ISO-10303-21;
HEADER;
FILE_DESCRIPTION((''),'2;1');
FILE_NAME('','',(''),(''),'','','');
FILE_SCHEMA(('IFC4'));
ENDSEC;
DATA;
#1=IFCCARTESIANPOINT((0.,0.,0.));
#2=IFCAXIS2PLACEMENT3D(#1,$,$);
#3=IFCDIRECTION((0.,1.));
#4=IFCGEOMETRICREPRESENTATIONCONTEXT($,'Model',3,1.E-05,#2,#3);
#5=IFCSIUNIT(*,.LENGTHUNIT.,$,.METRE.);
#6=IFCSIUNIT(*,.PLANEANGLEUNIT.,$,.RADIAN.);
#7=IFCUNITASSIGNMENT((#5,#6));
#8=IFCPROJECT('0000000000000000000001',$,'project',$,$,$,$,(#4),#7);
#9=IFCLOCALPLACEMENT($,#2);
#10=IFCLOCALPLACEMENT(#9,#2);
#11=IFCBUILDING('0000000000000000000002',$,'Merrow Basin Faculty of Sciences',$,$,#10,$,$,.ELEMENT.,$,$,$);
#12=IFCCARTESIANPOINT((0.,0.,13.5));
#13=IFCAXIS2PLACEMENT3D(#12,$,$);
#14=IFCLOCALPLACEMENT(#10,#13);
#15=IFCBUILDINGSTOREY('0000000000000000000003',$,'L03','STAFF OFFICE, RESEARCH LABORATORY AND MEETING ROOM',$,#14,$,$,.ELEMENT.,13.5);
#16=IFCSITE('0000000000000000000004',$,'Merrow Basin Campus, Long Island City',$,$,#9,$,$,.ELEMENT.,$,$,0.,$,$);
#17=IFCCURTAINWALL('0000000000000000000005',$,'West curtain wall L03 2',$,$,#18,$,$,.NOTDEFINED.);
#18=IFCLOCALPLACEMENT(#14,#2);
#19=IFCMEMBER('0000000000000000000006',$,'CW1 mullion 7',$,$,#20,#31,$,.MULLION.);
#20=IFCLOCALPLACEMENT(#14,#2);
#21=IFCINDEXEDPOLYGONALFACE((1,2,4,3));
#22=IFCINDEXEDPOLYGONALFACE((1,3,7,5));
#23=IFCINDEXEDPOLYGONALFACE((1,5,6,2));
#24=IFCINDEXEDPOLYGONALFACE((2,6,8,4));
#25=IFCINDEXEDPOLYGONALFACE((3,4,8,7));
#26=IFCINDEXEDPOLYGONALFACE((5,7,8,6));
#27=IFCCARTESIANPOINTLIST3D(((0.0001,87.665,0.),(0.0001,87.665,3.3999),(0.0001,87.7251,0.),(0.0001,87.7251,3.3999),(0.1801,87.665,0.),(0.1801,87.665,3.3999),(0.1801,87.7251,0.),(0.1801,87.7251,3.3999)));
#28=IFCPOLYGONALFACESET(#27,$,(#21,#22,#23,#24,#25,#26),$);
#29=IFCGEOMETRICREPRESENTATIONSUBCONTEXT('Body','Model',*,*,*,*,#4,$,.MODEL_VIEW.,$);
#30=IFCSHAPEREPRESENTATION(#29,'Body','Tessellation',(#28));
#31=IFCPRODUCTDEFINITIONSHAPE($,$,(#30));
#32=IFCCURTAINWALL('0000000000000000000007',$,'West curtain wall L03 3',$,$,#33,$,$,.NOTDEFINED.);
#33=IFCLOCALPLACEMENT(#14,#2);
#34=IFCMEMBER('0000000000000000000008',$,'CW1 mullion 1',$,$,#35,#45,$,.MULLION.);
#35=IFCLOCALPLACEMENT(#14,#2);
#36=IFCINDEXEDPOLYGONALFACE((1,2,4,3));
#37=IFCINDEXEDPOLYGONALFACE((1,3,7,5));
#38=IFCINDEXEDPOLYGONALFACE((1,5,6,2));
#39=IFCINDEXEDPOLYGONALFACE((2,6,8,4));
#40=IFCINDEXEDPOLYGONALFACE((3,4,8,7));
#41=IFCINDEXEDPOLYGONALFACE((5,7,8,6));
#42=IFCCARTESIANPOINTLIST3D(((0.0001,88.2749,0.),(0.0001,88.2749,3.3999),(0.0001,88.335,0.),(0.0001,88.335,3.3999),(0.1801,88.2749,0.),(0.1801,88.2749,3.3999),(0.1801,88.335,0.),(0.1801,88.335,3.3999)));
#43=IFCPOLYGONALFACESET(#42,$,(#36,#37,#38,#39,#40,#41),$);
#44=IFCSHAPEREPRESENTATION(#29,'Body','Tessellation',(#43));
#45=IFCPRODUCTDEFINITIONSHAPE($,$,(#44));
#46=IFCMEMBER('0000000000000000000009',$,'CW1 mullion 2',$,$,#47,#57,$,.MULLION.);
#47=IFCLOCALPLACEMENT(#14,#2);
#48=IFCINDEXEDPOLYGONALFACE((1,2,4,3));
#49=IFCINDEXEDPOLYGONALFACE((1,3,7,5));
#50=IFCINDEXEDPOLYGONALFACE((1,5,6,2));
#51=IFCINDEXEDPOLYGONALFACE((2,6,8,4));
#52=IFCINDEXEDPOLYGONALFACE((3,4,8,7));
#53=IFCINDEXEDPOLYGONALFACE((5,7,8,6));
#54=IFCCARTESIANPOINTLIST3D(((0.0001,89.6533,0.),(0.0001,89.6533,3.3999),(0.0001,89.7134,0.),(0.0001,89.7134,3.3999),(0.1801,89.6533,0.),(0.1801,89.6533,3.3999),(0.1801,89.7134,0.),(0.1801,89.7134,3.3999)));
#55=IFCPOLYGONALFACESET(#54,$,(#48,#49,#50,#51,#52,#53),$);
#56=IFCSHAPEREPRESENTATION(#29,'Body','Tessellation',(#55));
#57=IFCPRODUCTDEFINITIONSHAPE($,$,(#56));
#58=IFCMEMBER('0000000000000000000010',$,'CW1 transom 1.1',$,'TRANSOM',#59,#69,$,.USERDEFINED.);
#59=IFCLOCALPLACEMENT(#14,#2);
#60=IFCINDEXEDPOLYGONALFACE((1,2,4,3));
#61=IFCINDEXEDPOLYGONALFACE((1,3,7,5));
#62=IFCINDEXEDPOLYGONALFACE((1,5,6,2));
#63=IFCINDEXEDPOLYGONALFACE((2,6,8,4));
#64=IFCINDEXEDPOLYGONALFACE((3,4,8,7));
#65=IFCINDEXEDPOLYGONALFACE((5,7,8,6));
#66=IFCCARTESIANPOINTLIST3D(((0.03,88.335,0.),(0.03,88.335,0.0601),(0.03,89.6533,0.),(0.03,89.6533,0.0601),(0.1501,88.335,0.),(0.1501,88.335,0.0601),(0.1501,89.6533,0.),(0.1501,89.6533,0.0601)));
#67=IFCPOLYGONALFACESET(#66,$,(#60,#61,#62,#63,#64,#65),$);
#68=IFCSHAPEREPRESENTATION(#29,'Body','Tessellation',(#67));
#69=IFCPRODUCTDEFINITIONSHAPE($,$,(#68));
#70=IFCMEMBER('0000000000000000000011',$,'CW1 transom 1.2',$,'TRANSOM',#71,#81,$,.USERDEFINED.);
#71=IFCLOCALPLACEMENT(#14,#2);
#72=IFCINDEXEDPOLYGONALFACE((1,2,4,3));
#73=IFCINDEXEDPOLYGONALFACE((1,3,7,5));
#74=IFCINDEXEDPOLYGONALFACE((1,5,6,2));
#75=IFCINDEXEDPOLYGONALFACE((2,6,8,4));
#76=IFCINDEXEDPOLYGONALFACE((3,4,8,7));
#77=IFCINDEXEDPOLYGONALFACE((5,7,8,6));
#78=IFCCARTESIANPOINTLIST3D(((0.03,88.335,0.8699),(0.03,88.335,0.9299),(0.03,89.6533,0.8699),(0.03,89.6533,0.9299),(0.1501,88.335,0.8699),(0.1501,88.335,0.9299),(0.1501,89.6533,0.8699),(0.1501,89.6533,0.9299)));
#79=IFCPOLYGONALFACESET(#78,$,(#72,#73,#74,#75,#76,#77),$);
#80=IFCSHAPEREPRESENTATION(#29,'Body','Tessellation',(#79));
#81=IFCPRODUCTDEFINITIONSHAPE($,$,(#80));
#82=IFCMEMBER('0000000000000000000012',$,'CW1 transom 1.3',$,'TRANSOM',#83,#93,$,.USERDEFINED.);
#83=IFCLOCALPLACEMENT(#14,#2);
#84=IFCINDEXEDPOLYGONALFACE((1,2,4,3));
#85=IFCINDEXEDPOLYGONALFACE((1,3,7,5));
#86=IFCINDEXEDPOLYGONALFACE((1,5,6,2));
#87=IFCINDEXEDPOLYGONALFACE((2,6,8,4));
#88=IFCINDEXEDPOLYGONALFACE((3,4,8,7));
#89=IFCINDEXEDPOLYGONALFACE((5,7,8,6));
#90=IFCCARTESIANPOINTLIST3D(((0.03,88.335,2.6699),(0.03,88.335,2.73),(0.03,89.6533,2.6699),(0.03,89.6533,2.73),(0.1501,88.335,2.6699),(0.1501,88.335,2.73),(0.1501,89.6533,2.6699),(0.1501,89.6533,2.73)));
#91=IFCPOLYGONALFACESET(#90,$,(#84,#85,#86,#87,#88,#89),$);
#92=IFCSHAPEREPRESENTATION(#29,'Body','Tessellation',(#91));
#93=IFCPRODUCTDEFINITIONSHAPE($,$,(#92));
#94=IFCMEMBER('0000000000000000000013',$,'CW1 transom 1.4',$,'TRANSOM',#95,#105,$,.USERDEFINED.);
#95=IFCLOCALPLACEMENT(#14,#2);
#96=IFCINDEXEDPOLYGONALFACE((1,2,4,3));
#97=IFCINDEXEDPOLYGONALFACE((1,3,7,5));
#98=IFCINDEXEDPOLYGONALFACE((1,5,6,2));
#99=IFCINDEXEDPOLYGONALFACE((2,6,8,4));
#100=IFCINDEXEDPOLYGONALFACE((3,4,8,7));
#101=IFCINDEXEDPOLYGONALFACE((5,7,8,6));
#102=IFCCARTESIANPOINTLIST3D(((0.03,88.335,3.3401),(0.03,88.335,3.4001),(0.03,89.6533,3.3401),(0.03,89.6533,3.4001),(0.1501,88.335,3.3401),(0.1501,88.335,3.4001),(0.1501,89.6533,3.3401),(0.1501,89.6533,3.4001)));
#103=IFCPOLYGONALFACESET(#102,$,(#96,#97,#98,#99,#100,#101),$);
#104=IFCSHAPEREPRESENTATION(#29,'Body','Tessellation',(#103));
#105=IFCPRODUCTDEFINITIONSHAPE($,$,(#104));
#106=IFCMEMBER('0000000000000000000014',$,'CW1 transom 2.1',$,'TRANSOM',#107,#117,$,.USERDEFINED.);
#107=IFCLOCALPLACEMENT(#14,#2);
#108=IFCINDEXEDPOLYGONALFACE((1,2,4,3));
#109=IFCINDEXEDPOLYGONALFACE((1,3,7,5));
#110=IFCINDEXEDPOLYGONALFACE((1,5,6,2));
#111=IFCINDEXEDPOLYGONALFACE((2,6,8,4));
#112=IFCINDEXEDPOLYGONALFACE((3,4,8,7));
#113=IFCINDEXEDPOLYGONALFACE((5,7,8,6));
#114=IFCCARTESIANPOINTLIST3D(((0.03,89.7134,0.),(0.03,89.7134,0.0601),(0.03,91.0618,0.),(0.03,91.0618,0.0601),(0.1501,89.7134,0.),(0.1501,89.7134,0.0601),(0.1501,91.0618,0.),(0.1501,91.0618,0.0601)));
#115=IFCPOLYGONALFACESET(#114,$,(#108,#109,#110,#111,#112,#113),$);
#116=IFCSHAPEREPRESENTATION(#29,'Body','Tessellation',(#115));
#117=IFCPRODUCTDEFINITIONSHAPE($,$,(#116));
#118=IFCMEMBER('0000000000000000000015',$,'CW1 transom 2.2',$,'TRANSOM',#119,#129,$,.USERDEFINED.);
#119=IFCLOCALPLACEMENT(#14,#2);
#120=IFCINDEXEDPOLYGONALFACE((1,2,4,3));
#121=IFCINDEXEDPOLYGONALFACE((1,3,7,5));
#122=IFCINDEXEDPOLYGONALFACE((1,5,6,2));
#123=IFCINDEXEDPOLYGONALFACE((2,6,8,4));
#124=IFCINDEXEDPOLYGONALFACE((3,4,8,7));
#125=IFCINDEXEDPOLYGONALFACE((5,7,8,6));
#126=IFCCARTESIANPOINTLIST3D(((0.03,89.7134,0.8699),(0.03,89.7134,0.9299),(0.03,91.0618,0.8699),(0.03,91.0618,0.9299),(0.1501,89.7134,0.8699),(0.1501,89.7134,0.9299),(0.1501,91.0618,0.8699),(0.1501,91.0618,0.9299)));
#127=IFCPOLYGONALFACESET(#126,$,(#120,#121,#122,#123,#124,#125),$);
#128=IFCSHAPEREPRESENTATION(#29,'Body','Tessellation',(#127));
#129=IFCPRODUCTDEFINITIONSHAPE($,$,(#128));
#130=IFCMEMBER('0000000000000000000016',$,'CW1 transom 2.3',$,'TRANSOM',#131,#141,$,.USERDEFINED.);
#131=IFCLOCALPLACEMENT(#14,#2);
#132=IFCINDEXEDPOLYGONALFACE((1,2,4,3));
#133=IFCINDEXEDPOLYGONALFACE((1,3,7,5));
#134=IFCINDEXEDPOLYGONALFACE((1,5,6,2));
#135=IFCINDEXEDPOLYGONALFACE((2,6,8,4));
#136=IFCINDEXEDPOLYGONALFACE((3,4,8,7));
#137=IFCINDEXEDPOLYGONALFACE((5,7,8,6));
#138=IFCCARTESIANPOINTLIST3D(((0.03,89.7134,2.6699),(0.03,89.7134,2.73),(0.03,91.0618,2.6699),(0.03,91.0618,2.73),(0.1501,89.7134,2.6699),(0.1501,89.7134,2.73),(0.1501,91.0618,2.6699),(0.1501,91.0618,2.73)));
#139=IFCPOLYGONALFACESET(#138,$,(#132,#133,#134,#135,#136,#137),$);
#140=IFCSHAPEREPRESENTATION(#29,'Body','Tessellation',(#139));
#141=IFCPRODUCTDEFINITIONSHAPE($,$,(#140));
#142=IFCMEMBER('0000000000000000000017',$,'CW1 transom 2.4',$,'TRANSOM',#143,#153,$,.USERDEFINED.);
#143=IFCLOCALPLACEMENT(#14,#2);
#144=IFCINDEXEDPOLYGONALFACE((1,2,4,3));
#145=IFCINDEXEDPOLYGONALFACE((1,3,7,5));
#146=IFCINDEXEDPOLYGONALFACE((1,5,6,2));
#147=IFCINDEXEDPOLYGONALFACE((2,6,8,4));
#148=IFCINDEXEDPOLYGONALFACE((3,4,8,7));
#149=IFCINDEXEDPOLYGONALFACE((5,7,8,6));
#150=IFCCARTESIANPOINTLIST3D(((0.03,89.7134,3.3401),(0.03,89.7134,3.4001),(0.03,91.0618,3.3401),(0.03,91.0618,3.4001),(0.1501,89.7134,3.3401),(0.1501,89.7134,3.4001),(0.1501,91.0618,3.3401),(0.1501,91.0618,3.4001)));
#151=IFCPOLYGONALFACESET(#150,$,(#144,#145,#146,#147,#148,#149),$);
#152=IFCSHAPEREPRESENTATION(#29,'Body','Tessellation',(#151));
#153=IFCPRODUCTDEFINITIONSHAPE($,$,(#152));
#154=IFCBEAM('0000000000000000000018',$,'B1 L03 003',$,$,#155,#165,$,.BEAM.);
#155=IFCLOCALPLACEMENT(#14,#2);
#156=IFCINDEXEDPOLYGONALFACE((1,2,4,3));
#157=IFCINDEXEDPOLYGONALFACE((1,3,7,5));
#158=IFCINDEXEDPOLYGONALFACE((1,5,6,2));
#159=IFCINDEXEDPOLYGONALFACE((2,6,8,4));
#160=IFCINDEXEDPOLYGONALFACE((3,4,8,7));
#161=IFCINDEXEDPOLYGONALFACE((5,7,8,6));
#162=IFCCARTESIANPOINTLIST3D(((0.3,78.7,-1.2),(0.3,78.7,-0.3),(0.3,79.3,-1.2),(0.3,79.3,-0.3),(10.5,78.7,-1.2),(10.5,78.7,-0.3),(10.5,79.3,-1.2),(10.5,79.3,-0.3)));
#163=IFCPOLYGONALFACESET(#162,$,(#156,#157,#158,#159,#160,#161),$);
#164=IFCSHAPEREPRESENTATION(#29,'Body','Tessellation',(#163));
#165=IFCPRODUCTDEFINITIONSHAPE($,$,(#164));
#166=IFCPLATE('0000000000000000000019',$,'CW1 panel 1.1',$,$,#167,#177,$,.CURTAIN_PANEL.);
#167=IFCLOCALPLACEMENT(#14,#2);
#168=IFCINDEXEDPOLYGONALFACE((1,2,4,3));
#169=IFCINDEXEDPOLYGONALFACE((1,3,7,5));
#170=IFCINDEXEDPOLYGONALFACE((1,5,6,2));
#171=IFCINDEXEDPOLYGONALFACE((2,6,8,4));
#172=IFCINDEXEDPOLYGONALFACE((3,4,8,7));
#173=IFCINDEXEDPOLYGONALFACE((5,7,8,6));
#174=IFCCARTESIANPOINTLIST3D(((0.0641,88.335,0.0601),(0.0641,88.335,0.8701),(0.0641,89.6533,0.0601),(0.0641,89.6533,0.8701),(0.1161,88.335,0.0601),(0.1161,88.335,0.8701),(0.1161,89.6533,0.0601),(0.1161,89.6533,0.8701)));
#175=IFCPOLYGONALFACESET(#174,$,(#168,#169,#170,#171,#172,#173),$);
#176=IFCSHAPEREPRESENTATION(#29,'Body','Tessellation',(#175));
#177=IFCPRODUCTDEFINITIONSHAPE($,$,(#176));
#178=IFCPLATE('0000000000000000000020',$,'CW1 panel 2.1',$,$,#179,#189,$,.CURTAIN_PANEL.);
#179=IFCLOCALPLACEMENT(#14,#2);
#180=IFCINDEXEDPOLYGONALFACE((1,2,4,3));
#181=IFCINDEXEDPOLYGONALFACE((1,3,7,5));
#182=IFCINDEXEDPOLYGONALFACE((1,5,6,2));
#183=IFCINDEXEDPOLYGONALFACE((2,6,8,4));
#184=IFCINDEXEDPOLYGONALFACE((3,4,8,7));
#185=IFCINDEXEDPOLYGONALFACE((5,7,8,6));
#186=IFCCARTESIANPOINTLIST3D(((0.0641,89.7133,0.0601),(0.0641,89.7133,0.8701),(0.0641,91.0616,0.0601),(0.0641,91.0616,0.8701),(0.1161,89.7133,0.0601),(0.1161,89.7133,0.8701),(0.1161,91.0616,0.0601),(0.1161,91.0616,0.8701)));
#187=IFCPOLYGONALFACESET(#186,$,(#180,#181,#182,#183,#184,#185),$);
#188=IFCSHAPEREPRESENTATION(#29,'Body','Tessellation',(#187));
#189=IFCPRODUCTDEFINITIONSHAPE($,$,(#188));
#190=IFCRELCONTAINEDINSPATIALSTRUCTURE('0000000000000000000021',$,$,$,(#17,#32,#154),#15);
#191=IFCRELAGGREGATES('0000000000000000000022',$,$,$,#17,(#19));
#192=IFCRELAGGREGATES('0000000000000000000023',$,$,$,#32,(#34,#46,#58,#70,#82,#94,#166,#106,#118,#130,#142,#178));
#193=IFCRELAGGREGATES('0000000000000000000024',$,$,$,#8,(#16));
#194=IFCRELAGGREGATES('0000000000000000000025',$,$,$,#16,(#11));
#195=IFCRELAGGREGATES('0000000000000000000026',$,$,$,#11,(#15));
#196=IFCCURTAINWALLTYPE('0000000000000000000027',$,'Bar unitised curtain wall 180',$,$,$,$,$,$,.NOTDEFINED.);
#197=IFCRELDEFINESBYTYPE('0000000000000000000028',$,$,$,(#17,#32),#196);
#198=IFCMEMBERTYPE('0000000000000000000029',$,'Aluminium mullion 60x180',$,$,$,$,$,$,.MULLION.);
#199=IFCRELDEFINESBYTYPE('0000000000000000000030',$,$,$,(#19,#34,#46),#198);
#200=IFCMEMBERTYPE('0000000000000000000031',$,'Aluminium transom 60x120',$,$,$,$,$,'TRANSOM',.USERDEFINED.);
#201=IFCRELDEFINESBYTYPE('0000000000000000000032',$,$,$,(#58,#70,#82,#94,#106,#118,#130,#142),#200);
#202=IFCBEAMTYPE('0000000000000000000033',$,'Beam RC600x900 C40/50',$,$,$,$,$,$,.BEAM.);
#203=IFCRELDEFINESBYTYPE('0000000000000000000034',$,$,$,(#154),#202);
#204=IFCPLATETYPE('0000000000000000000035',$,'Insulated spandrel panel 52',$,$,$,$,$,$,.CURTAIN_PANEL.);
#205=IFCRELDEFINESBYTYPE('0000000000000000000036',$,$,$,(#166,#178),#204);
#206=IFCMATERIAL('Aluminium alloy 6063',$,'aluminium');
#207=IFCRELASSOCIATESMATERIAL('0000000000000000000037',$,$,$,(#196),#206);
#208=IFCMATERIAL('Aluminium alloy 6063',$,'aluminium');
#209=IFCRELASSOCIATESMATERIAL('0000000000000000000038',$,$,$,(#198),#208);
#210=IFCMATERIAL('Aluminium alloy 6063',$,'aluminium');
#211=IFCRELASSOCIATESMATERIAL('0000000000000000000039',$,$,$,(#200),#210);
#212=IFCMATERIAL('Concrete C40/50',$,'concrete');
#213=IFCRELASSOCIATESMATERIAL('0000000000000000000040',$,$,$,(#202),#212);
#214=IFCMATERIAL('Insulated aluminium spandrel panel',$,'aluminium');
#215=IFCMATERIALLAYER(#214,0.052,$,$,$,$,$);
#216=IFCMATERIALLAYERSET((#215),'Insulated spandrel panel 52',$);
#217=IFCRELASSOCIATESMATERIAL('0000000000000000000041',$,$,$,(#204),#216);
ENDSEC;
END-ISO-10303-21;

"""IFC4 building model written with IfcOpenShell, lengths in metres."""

from ifc_helpers import new_model, si_unit, direction, frame, origin, origin_2d, place, context, subcontext, project, spatial, rectangle, extrude, material, layer, layer_set, material_profile, profile_set, type_object, element, aggregate, save


model = new_model("IFC4")

# Units and contexts
model_context = context("Model", 3, precision=1e-05, world=origin(), true_north=direction((0.0, 1.0)))
body_context = subcontext(model_context, "Body", "Model", "MODEL_VIEW")
ifc_project = project(units=[si_unit("LENGTHUNIT", "METRE"), si_unit("PLANEANGLEUNIT", "RADIAN")], contexts=[model_context])

# Site, building, storey
site_placement = place(None, origin())
site = spatial("IfcSite", under=ifc_project, at=site_placement, Name="Merrow Basin Campus, Long Island City", CompositionType="ELEMENT", RefElevation=0.0)
building_placement = place(site_placement, origin())
building = spatial("IfcBuilding", under=site, at=building_placement, Name="Merrow Basin Faculty of Sciences", CompositionType="ELEMENT")
storey_placement = place(building_placement, frame((0.0, 0.0, 13.5)))
storey = spatial("IfcBuildingStorey", under=building, at=storey_placement, Name="L03", Description="STAFF OFFICE, RESEARCH LABORATORY AND MEETING ROOM", CompositionType="ELEMENT", Elevation=13.5)

# Curtain wall, member
ifc_material_1 = material(Name="Aluminium alloy 6063", Category="aluminium")
curtain_wall_type = type_object("IfcCurtainWallType", Name="Bar unitised curtain wall 180", PredefinedType="NOTDEFINED", material=ifc_material_1)
curtain_wall_1_placement = place(storey_placement, origin())
curtain_wall_1 = element("IfcCurtainWall", 1, at=curtain_wall_1_placement, inside=storey, type_object=curtain_wall_type, Name="West curtain wall L03 2", PredefinedType="NOTDEFINED")
ifc_material_2 = material(Name="Aluminium alloy 6063", Category="aluminium")
ifc_material_profile_1 = material_profile(ifc_material_2, rectangle(XDim=0.1799, YDim=0.0601, at=origin_2d()))
ifc_profile_set_1 = profile_set([ifc_material_profile_1], Name="Aluminium alloy 6063")
member_type_1 = type_object("IfcMemberType", Name="Aluminium mullion 60x180", PredefinedType="MULLION", material=ifc_profile_set_1)
member_1_placement = place(storey_placement, frame((0.0901, 87.6951, 0.0), z_axis=(0.0, 0.0, 1.0), x_axis=(-1.0, 0.0, 0.0)))
member_1 = element("IfcMember", 2, at=member_1_placement, type_object=member_type_1, Name="CW1 mullion 7", PredefinedType="MULLION", context=body_context, shape_type="SweptSolid", body=[
    extrude(rectangle(XDim=0.1799, YDim=0.0601, at=origin_2d()), origin(), (0.0, 0.0, 1.0), 3.3999),
])

# Curtain wall, members
curtain_wall_2_placement = place(storey_placement, origin())
curtain_wall_2 = element("IfcCurtainWall", 3, at=curtain_wall_2_placement, inside=storey, type_object=curtain_wall_type, Name="West curtain wall L03 3", PredefinedType="NOTDEFINED")
member_2_placement = place(storey_placement, frame((0.0901, 88.3049, 0.0), z_axis=(0.0, 0.0, 1.0), x_axis=(-1.0, 0.0, 0.0)))
member_2 = element("IfcMember", 4, at=member_2_placement, type_object=member_type_1, Name="CW1 mullion 1", PredefinedType="MULLION", context=body_context, shape_type="SweptSolid", body=[
    extrude(rectangle(XDim=0.1799, YDim=0.0601, at=origin_2d()), origin(), (0.0, 0.0, 1.0), 3.3999),
])
member_3_placement = place(storey_placement, frame((0.0901, 89.6833, 0.0), z_axis=(0.0, 0.0, 1.0), x_axis=(-1.0, 0.0, 0.0)))
member_3 = element("IfcMember", 5, at=member_3_placement, type_object=member_type_1, Name="CW1 mullion 2", PredefinedType="MULLION", context=body_context, shape_type="SweptSolid", body=[
    extrude(rectangle(XDim=0.1799, YDim=0.0601, at=origin_2d()), origin(), (0.0, 0.0, 1.0), 3.3999),
])
ifc_material_3 = material(Name="Aluminium alloy 6063", Category="aluminium")
ifc_material_profile_2 = material_profile(ifc_material_3, rectangle(XDim=0.1201, YDim=0.0601, at=origin_2d()))
ifc_profile_set_2 = profile_set([ifc_material_profile_2], Name="Aluminium alloy 6063")
member_type_2 = type_object("IfcMemberType", Name="Aluminium transom 60x120", ElementType="TRANSOM", PredefinedType="USERDEFINED", material=ifc_profile_set_2)
member_4_placement = place(storey_placement, frame((0.0901, 88.335, 0.03), z_axis=(0.0, 1.0, 0.0), x_axis=(-1.0, 0.0, 0.0)))
member_4 = element("IfcMember", 6, at=member_4_placement, type_object=member_type_2, Name="CW1 transom 1.1", ObjectType="TRANSOM", PredefinedType="USERDEFINED", context=body_context, shape_type="SweptSolid", body=[
    extrude(rectangle(XDim=0.1201, YDim=0.0601, at=origin_2d()), origin(), (0.0, 0.0, 1.0), 1.3184),
])
member_5_placement = place(storey_placement, frame((0.0901, 88.335, 0.8999), z_axis=(0.0, 1.0, 0.0), x_axis=(-1.0, 0.0, 0.0)))
member_5 = element("IfcMember", 7, at=member_5_placement, type_object=member_type_2, Name="CW1 transom 1.2", ObjectType="TRANSOM", PredefinedType="USERDEFINED", context=body_context, shape_type="SweptSolid", body=[
    extrude(rectangle(XDim=0.1201, YDim=0.0601, at=origin_2d()), origin(), (0.0, 0.0, 1.0), 1.3184),
])
member_6_placement = place(storey_placement, frame((0.0901, 88.335, 2.7), z_axis=(0.0, 1.0, 0.0), x_axis=(-1.0, 0.0, 0.0)))
member_6 = element("IfcMember", 8, at=member_6_placement, type_object=member_type_2, Name="CW1 transom 1.3", ObjectType="TRANSOM", PredefinedType="USERDEFINED", context=body_context, shape_type="SweptSolid", body=[
    extrude(rectangle(XDim=0.1201, YDim=0.0601, at=origin_2d()), origin(), (0.0, 0.0, 1.0), 1.3184),
])
member_7_placement = place(storey_placement, frame((0.0901, 88.335, 3.3701), z_axis=(0.0, 1.0, 0.0), x_axis=(-1.0, 0.0, 0.0)))
member_7 = element("IfcMember", 9, at=member_7_placement, type_object=member_type_2, Name="CW1 transom 1.4", ObjectType="TRANSOM", PredefinedType="USERDEFINED", context=body_context, shape_type="SweptSolid", body=[
    extrude(rectangle(XDim=0.1201, YDim=0.0601, at=origin_2d()), origin(), (0.0, 0.0, 1.0), 1.3184),
])
member_8_placement = place(storey_placement, frame((0.0901, 89.7134, 0.03), z_axis=(0.0, 1.0, 0.0), x_axis=(-1.0, 0.0, 0.0)))
member_8 = element("IfcMember", 10, at=member_8_placement, type_object=member_type_2, Name="CW1 transom 2.1", ObjectType="TRANSOM", PredefinedType="USERDEFINED", context=body_context, shape_type="SweptSolid", body=[
    extrude(rectangle(XDim=0.1201, YDim=0.0601, at=origin_2d()), origin(), (0.0, 0.0, 1.0), 1.3484),
])
member_9_placement = place(storey_placement, frame((0.0901, 89.7134, 0.8999), z_axis=(0.0, 1.0, 0.0), x_axis=(-1.0, 0.0, 0.0)))
member_9 = element("IfcMember", 11, at=member_9_placement, type_object=member_type_2, Name="CW1 transom 2.2", ObjectType="TRANSOM", PredefinedType="USERDEFINED", context=body_context, shape_type="SweptSolid", body=[
    extrude(rectangle(XDim=0.1201, YDim=0.0601, at=origin_2d()), origin(), (0.0, 0.0, 1.0), 1.3484),
])
member_10_placement = place(storey_placement, frame((0.0901, 89.7134, 2.7), z_axis=(0.0, 1.0, 0.0), x_axis=(-1.0, 0.0, 0.0)))
member_10 = element("IfcMember", 12, at=member_10_placement, type_object=member_type_2, Name="CW1 transom 2.3", ObjectType="TRANSOM", PredefinedType="USERDEFINED", context=body_context, shape_type="SweptSolid", body=[
    extrude(rectangle(XDim=0.1201, YDim=0.0601, at=origin_2d()), origin(), (0.0, 0.0, 1.0), 1.3484),
])
member_11_placement = place(storey_placement, frame((0.0901, 89.7134, 3.3701), z_axis=(0.0, 1.0, 0.0), x_axis=(-1.0, 0.0, 0.0)))
member_11 = element("IfcMember", 13, at=member_11_placement, type_object=member_type_2, Name="CW1 transom 2.4", ObjectType="TRANSOM", PredefinedType="USERDEFINED", context=body_context, shape_type="SweptSolid", body=[
    extrude(rectangle(XDim=0.1201, YDim=0.0601, at=origin_2d()), origin(), (0.0, 0.0, 1.0), 1.3484),
])

# Beam
ifc_material_4 = material(Name="Concrete C40/50", Category="concrete")
ifc_material_profile_3 = material_profile(ifc_material_4, rectangle(XDim=0.6001, YDim=0.8999, at=origin_2d()))
ifc_profile_set_3 = profile_set([ifc_material_profile_3], Name="Concrete C40/50")
beam_type = type_object("IfcBeamType", Name="Beam RC600x900 C40/50", PredefinedType="BEAM", material=ifc_profile_set_3)
beam_placement = place(storey_placement, frame((0.3, 79.0, -0.75), z_axis=(1.0, 0.0, 0.0), x_axis=(0.0, 1.0, 0.0)))
element("IfcBeam", 14, at=beam_placement, inside=storey, type_object=beam_type, Name="B1 L03 003", PredefinedType="BEAM", context=body_context, shape_type="SweptSolid", body=[
    extrude(rectangle(XDim=0.6001, YDim=0.8999, at=origin_2d()), origin(), (0.0, 0.0, 1.0), 10.2),
])

# Plates
ifc_material_5 = material(Name="Insulated aluminium spandrel panel", Category="aluminium")
ifc_layer_1 = layer(ifc_material_5, 0.052)
ifc_layer_set_1 = layer_set([ifc_layer_1], Name="Insulated spandrel panel 52")
plate_type_1 = type_object("IfcPlateType", Name="Insulated spandrel panel 52", PredefinedType="CURTAIN_PANEL", material=ifc_layer_set_1)
plate_1_placement = place(storey_placement, frame((0.0901, 88.9941, 0.0601), z_axis=(0.0, 0.0, 1.0), x_axis=(0.0, 1.0, 0.0)))
plate_1 = element("IfcPlate", 15, at=plate_1_placement, type_object=plate_type_1, Name="CW1 panel 1.1", PredefinedType="CURTAIN_PANEL", context=body_context, shape_type="SweptSolid", body=[
    extrude(rectangle(XDim=1.3184, YDim=0.052, at=origin_2d()), origin(), (0.0, 0.0, 1.0), 0.8101),
])
plate_2_placement = place(storey_placement, frame((0.0901, 90.3875, 0.0601), z_axis=(0.0, 0.0, 1.0), x_axis=(0.0, 1.0, 0.0)))
plate_2 = element("IfcPlate", 16, at=plate_2_placement, type_object=plate_type_1, Name="CW1 panel 2.1", PredefinedType="CURTAIN_PANEL", context=body_context, shape_type="SweptSolid", body=[
    extrude(rectangle(XDim=1.3484, YDim=0.052, at=origin_2d()), origin(), (0.0, 0.0, 1.0), 0.8101),
])
aggregate(curtain_wall_1, [member_1])
aggregate(curtain_wall_2, [member_2, member_3, member_4, member_5, member_6, member_7, plate_1, member_8, member_9, member_10, member_11, plate_2])

save(model, "model.ifc")
